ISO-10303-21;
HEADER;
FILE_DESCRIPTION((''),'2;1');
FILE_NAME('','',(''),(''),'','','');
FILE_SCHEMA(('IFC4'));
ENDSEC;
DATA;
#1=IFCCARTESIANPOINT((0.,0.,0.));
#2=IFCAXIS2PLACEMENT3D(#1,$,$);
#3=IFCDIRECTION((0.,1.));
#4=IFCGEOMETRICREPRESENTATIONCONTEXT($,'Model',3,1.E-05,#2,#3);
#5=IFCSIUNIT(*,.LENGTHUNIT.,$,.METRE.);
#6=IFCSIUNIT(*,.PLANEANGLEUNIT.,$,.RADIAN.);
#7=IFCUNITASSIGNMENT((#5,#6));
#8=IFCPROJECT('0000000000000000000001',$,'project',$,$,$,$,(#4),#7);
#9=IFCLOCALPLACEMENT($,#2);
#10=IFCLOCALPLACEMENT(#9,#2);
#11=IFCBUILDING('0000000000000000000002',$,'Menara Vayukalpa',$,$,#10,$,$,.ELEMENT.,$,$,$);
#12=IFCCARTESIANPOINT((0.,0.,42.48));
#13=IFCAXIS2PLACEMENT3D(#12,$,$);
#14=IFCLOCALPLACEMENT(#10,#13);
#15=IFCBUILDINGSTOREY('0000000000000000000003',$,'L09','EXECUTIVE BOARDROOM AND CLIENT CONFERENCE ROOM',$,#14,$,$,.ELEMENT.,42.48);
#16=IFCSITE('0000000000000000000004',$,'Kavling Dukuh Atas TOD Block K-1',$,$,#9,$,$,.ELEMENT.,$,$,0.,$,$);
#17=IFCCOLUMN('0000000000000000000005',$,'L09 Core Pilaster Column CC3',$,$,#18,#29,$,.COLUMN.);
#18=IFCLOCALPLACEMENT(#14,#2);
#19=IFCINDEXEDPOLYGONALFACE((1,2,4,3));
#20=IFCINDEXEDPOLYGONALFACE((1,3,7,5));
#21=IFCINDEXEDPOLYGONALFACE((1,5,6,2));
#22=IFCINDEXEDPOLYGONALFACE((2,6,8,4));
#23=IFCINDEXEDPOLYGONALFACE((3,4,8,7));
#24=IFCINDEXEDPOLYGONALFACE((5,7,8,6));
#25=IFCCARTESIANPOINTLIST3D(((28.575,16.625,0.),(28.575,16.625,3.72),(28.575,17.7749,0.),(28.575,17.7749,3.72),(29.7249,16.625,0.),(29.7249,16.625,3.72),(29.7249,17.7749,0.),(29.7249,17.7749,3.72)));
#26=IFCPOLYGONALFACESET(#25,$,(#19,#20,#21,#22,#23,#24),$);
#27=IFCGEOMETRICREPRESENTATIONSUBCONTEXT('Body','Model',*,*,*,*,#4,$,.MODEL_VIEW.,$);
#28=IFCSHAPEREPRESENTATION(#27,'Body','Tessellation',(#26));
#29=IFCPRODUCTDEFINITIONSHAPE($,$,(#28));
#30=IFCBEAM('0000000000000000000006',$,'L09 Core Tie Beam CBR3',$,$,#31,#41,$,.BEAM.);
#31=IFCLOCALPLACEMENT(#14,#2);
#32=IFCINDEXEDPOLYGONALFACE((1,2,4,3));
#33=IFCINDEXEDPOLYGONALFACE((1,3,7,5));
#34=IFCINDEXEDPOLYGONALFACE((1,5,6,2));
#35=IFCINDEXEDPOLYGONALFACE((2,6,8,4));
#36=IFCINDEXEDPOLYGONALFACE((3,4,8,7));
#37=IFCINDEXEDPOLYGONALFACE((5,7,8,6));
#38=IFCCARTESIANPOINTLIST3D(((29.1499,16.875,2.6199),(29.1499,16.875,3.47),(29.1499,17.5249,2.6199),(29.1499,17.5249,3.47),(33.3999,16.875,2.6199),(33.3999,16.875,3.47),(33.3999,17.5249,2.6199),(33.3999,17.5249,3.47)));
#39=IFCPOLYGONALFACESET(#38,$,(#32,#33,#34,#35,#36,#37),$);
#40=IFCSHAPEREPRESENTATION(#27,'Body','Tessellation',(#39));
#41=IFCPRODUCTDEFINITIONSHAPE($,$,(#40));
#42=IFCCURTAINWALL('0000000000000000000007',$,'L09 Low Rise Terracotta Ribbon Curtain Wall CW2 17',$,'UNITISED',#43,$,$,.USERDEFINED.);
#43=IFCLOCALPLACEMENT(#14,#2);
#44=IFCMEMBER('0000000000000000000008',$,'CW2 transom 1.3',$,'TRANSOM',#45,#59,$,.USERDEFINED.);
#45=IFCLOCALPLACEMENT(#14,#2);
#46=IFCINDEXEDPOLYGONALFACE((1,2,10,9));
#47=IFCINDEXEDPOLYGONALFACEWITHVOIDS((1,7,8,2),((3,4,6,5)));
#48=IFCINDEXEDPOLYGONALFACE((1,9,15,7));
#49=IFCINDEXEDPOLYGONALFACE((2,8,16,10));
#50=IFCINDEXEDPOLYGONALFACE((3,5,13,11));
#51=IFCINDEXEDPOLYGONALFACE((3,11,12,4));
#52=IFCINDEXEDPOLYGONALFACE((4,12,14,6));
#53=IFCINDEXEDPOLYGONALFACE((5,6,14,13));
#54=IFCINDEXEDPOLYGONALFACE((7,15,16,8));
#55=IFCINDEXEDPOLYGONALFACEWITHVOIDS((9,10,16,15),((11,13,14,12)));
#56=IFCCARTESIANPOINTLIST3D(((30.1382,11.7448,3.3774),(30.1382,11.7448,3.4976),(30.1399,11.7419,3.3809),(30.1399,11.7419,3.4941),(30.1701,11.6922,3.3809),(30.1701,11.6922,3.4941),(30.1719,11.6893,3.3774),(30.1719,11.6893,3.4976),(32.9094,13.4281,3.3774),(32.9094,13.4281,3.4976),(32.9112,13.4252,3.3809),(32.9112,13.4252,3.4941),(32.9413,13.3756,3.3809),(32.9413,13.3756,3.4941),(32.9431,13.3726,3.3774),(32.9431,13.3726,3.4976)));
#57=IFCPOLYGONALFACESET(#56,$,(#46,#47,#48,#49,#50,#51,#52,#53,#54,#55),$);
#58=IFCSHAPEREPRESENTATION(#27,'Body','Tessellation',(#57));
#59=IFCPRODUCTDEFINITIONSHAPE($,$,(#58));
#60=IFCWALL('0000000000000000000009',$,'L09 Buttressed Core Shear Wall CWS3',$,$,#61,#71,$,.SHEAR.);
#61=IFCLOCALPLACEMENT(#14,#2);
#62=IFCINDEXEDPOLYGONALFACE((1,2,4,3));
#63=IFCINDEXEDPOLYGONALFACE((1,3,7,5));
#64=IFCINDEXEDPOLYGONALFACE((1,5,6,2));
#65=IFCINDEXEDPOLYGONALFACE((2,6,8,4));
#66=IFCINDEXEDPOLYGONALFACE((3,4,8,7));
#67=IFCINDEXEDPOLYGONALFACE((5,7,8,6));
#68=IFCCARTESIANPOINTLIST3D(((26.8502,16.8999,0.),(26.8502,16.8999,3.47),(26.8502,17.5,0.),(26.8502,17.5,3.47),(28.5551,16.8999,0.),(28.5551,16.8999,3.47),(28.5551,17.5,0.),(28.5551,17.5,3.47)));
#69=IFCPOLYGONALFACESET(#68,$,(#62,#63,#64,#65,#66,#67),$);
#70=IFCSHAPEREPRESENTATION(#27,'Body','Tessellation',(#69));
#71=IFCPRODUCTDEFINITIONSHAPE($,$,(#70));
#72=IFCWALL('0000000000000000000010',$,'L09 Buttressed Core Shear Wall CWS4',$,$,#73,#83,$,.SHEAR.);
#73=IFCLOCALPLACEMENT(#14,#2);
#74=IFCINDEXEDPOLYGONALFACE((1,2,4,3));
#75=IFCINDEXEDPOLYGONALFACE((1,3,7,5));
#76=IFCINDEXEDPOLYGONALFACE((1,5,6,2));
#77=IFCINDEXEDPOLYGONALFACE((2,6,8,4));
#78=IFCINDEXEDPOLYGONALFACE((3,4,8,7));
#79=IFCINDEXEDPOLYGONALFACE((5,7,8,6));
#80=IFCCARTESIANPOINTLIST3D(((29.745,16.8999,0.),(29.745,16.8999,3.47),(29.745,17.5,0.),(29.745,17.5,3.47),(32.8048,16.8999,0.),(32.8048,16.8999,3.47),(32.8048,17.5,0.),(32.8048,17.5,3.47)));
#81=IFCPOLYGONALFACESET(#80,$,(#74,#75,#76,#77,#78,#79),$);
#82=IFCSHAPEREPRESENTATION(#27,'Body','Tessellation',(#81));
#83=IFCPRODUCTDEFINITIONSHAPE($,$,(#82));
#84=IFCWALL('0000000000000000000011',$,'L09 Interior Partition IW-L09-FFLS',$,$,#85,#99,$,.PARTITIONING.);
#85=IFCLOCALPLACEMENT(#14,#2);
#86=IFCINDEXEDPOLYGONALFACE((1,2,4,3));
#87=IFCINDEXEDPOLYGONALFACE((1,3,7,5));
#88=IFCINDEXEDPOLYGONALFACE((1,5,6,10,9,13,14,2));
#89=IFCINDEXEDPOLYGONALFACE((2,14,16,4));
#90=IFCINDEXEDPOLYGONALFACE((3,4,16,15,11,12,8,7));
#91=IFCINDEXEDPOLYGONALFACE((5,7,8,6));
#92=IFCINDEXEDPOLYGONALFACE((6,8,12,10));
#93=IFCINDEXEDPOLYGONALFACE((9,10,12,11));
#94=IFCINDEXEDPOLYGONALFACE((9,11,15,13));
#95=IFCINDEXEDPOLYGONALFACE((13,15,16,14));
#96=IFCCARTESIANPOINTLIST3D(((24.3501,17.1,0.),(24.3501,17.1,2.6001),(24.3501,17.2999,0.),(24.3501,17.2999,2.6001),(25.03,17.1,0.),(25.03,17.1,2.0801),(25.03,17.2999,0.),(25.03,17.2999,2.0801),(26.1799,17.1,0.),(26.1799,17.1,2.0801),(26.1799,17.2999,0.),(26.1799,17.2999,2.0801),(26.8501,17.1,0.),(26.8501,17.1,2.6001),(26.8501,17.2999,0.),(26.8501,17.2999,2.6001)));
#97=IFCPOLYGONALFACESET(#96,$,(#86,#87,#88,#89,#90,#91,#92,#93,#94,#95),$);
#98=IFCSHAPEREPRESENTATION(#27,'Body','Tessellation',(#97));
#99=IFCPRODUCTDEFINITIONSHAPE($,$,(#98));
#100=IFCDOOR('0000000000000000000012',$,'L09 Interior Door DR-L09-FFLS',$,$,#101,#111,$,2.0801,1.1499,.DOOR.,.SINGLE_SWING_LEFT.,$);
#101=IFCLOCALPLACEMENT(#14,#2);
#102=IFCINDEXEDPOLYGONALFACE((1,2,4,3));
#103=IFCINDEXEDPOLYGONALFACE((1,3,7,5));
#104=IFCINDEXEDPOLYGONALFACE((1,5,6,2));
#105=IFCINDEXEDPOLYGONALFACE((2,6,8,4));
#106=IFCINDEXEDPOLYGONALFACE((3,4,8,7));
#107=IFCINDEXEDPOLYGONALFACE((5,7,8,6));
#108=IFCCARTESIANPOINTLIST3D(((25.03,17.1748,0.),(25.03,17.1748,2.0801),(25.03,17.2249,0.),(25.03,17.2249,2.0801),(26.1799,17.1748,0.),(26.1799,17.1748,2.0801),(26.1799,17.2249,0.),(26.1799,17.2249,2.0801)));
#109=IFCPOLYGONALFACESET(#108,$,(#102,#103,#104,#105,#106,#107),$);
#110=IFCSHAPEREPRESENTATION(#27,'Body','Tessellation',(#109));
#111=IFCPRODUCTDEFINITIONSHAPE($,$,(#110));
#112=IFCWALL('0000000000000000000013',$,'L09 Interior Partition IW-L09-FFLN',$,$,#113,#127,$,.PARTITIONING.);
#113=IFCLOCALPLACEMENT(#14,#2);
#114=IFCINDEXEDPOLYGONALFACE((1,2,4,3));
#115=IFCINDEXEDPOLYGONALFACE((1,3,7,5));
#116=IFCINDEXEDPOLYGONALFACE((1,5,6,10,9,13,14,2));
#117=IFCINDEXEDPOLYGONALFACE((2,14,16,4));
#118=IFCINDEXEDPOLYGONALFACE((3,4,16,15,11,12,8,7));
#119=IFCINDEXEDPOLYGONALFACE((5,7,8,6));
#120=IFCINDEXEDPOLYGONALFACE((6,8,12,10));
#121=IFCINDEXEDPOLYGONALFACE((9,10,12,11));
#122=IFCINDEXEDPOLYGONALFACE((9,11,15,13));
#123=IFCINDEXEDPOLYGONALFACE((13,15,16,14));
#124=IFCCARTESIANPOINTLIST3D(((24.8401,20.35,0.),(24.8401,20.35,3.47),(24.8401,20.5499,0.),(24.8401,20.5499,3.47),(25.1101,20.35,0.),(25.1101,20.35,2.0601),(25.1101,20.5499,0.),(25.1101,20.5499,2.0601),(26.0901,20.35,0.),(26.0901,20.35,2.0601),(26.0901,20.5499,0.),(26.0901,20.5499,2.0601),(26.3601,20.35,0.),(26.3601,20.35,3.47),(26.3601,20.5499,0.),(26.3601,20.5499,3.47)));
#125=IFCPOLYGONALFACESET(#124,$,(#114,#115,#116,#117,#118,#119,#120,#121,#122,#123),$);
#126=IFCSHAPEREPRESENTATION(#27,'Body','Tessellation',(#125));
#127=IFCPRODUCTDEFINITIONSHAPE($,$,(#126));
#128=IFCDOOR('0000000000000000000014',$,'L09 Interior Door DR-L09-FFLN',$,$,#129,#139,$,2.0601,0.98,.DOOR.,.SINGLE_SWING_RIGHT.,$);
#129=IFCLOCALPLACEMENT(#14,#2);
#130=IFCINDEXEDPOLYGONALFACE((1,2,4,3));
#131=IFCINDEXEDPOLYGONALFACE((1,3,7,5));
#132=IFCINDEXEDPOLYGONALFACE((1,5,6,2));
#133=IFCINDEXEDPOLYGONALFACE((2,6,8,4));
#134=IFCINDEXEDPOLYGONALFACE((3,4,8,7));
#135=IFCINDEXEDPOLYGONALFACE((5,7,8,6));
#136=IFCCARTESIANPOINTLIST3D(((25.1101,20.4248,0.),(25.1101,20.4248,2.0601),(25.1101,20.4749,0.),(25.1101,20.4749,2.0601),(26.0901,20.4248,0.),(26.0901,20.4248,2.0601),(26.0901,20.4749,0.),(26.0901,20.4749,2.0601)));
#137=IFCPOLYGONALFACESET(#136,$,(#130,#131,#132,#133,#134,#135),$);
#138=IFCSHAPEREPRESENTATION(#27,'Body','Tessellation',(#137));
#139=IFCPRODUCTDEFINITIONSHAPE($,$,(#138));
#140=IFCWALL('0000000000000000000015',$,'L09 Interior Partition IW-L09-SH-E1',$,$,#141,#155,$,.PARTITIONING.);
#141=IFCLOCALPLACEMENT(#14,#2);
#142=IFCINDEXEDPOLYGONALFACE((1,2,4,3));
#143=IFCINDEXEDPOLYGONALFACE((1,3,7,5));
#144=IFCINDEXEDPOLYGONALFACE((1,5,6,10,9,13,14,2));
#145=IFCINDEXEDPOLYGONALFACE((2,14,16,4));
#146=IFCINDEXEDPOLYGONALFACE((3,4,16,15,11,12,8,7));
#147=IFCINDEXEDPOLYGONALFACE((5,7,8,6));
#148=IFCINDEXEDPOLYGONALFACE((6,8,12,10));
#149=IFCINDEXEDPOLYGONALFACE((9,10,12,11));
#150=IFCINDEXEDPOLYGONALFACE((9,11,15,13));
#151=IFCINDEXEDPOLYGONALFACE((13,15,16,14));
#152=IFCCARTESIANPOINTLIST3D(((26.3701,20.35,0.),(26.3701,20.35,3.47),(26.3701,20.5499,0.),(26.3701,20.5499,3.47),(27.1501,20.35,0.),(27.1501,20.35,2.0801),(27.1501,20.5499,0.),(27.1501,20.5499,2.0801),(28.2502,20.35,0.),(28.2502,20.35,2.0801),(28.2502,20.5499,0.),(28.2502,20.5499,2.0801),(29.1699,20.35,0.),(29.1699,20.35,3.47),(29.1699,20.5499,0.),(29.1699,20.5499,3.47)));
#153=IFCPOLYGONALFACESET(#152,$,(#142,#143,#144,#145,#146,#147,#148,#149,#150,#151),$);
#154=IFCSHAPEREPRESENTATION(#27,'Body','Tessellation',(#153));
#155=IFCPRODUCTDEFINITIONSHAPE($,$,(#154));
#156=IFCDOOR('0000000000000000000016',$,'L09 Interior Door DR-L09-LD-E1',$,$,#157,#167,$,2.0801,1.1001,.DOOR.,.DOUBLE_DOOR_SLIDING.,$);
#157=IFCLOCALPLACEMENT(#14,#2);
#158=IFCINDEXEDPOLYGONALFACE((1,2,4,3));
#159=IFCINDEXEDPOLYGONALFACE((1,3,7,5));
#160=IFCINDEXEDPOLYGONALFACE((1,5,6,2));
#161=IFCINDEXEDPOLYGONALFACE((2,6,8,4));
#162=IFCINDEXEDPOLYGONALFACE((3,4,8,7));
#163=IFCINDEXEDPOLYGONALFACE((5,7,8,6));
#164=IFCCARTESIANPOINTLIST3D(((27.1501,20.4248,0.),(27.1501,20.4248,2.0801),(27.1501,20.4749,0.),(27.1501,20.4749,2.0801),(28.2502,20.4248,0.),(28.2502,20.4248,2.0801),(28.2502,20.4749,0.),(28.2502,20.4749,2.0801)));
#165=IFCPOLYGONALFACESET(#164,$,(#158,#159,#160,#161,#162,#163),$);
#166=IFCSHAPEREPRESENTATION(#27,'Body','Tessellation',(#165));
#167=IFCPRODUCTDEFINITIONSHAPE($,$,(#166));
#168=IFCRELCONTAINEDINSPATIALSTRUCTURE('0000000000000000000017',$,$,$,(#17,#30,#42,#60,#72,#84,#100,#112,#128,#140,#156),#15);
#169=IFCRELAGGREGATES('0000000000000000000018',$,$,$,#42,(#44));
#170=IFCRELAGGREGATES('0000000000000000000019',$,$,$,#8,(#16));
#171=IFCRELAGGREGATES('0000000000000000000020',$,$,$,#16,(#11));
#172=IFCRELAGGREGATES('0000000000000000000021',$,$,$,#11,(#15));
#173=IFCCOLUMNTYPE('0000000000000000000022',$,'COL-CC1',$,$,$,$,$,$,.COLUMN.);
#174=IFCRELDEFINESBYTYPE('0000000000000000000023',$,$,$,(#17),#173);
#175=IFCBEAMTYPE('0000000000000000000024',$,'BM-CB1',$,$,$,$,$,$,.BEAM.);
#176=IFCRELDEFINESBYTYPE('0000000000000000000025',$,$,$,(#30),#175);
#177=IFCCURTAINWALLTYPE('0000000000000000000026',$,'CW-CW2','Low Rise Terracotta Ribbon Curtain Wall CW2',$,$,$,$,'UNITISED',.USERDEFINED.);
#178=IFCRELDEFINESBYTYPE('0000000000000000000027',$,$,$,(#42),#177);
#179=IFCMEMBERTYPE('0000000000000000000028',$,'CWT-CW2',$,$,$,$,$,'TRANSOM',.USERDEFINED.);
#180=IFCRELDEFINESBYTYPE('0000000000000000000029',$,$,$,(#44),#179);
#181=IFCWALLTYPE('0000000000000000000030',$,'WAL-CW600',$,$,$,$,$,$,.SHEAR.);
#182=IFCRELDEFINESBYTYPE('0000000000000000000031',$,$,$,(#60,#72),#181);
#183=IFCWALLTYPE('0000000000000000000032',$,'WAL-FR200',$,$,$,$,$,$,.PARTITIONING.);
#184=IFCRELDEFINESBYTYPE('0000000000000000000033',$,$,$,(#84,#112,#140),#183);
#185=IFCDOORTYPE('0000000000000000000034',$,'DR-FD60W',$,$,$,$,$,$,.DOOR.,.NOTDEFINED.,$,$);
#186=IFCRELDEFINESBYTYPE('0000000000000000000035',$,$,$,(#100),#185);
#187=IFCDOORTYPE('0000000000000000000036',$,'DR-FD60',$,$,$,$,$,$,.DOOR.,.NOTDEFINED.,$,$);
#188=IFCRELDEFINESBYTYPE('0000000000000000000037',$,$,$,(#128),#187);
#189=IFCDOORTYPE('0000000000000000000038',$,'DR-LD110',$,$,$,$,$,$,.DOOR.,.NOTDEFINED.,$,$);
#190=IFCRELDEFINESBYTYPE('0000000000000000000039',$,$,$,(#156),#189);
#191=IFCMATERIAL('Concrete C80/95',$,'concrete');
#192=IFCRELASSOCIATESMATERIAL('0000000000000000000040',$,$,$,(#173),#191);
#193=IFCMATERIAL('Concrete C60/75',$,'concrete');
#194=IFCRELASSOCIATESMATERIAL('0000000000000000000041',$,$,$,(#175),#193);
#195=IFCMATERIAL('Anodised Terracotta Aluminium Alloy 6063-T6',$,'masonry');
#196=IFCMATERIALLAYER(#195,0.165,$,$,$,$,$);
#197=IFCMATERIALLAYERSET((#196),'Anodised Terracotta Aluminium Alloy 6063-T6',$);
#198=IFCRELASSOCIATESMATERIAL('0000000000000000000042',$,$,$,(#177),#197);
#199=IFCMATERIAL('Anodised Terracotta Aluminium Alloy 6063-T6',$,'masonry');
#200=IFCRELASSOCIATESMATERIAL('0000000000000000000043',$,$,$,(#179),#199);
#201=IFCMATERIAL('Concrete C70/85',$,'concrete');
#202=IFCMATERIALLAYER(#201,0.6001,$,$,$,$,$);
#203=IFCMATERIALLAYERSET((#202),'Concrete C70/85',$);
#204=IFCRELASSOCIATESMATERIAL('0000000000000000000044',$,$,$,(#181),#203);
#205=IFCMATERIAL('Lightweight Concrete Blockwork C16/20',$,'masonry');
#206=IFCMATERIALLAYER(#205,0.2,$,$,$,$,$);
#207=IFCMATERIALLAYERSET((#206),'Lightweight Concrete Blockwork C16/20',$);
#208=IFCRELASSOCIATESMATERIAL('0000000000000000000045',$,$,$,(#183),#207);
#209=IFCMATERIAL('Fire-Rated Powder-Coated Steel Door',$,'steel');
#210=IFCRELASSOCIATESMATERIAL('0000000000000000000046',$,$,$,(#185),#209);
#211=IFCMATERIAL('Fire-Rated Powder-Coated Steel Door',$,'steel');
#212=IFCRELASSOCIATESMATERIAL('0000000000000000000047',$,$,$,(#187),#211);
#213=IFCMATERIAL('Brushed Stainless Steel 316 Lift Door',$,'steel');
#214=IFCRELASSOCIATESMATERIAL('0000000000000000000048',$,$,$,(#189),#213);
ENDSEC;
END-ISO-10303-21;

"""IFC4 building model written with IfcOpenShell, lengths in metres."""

from ifc_helpers import new_model, si_unit, direction, frame, frame_2d, origin, origin_2d, place, context, subcontext, project, spatial, rectangle, hollow_rectangle, extrude, material, layer, layer_set, material_profile, profile_set, type_object, element, fill, aggregate, save


model = new_model("IFC4")

# Units and contexts
model_context = context("Model", 3, precision=1e-05, world=origin(), true_north=direction((0.0, 1.0)))
body_context = subcontext(model_context, "Body", "Model", "MODEL_VIEW")
ifc_project = project(units=[si_unit("LENGTHUNIT", "METRE"), si_unit("PLANEANGLEUNIT", "RADIAN")], contexts=[model_context])

# Site, building, storey
site_placement = place(None, origin())
site = spatial("IfcSite", under=ifc_project, at=site_placement, Name="Kavling Dukuh Atas TOD Block K-1", CompositionType="ELEMENT", RefElevation=0.0)
building_placement = place(site_placement, origin())
building = spatial("IfcBuilding", under=site, at=building_placement, Name="Menara Vayukalpa", CompositionType="ELEMENT")
storey_placement = place(building_placement, frame((0.0, 0.0, 42.48)))
storey = spatial("IfcBuildingStorey", under=building, at=storey_placement, Name="L09", Description="EXECUTIVE BOARDROOM AND CLIENT CONFERENCE ROOM", CompositionType="ELEMENT", Elevation=42.48)

# Column
ifc_material_1 = material(Name="Concrete C80/95", Category="concrete")
ifc_material_profile_1 = material_profile(ifc_material_1, rectangle(XDim=1.1499, YDim=1.1499, at=origin_2d()), Name="RC 1150x1150")
ifc_profile_set_1 = profile_set([ifc_material_profile_1], Name="Concrete C80/95")
column_type = type_object("IfcColumnType", Name="COL-CC1", PredefinedType="COLUMN", material=ifc_profile_set_1)
column_placement = place(storey_placement, frame((29.1499, 17.2, 0.0), z_axis=(0.0, 0.0, 1.0), x_axis=(1.0, 0.0, 0.0)))
element("IfcColumn", 1, at=column_placement, inside=storey, type_object=column_type, Name="L09 Core Pilaster Column CC3", PredefinedType="COLUMN", context=body_context, shape_type="SweptSolid", body=[
    extrude(rectangle(XDim=1.1499, YDim=1.1499, at=origin_2d()), origin(), (0.0, 0.0, 1.0), 3.72),
])

# Beam
ifc_material_2 = material(Name="Concrete C60/75", Category="concrete")
ifc_material_profile_2 = material_profile(ifc_material_2, rectangle(XDim=0.6499, YDim=0.8501, at=origin_2d()), Name="RC 650x850")
ifc_profile_set_2 = profile_set([ifc_material_profile_2], Name="Concrete C60/75")
beam_type = type_object("IfcBeamType", Name="BM-CB1", PredefinedType="BEAM", material=ifc_profile_set_2)
beam_placement = place(storey_placement, frame((29.1499, 17.2, 3.0449), z_axis=(1.0, 0.0, 0.0), x_axis=(0.0, 1.0, 0.0)))
element("IfcBeam", 2, at=beam_placement, inside=storey, type_object=beam_type, Name="L09 Core Tie Beam CBR3", PredefinedType="BEAM", context=body_context, shape_type="SweptSolid", body=[
    extrude(rectangle(XDim=0.6499, YDim=0.8501, at=origin_2d()), origin(), (0.0, 0.0, 1.0), 4.25),
])

# Curtain wall, member
ifc_material_3 = material(Name="Anodised Terracotta Aluminium Alloy 6063-T6", Category="masonry")
ifc_layer_1 = layer(ifc_material_3, 0.165)
ifc_layer_set_1 = layer_set([ifc_layer_1], Name="Anodised Terracotta Aluminium Alloy 6063-T6")
curtain_wall_type = type_object("IfcCurtainWallType", Name="CW-CW2", Description="Low Rise Terracotta Ribbon Curtain Wall CW2", ElementType="UNITISED", PredefinedType="USERDEFINED", material=ifc_layer_set_1)
curtain_wall_placement = place(storey_placement, origin())
curtain_wall = element("IfcCurtainWall", 3, at=curtain_wall_placement, inside=storey, type_object=curtain_wall_type, Name="L09 Low Rise Terracotta Ribbon Curtain Wall CW2 17", ObjectType="UNITISED", PredefinedType="USERDEFINED")
ifc_material_4 = material(Name="Anodised Terracotta Aluminium Alloy 6063-T6", Category="masonry")
ifc_material_profile_3 = material_profile(ifc_material_4, hollow_rectangle(XDim=0.0649, YDim=0.1201, WallThickness=0.0034, at=origin_2d()), Name="ALU 65x120x3.5")
ifc_profile_set_3 = profile_set([ifc_material_profile_3], Name="Anodised Terracotta Aluminium Alloy 6063-T6")
member_type = type_object("IfcMemberType", Name="CWT-CW2", ElementType="TRANSOM", PredefinedType="USERDEFINED", material=ifc_profile_set_3)
member_placement = place(storey_placement, frame((30.155, 11.717, 3.4375), z_axis=(0.854677, 0.519161, 0.0), x_axis=(-0.519161, 0.854677, 0.0)))
member = element("IfcMember", 4, at=member_placement, type_object=member_type, Name="CW2 transom 1.3", ObjectType="TRANSOM", PredefinedType="USERDEFINED", context=body_context, shape_type="SweptSolid", body=[
    extrude(hollow_rectangle(XDim=0.0649, YDim=0.1201, WallThickness=0.0034, at=origin_2d()), origin(), (0.0, 0.0, 1.0), 3.2424),
])
aggregate(curtain_wall, [member])

# Walls
ifc_material_5 = material(Name="Concrete C70/85", Category="concrete")
ifc_layer_2 = layer(ifc_material_5, 0.6001)
ifc_layer_set_2 = layer_set([ifc_layer_2], Name="Concrete C70/85")
wall_type_1 = type_object("IfcWallType", Name="WAL-CW600", PredefinedType="SHEAR", material=ifc_layer_set_2)
wall_1_placement = place(storey_placement, frame((26.8501, 17.2, 0.0), z_axis=(0.0, 0.0, 1.0), x_axis=(1.0, 0.0, 0.0)))
element("IfcWall", 5, at=wall_1_placement, inside=storey, type_object=wall_type_1, Name="L09 Buttressed Core Shear Wall CWS3", PredefinedType="SHEAR", context=body_context, shape_type="SweptSolid", body=[
    extrude(rectangle(XDim=1.7048, YDim=0.6001, at=frame_2d((0.8525, 0.0))), origin(), (0.0, 0.0, 1.0), 3.47),
])
wall_2_placement = place(storey_placement, frame((29.7451, 17.2, 0.0), z_axis=(0.0, 0.0, 1.0), x_axis=(1.0, 0.0, 0.0)))
element("IfcWall", 6, at=wall_2_placement, inside=storey, type_object=wall_type_1, Name="L09 Buttressed Core Shear Wall CWS4", PredefinedType="SHEAR", context=body_context, shape_type="SweptSolid", body=[
    extrude(rectangle(XDim=3.0598, YDim=0.6001, at=frame_2d((1.5298, 0.0))), origin(), (0.0, 0.0, 1.0), 3.47),
])

# Walls, openings, doors
ifc_material_6 = material(Name="Lightweight Concrete Blockwork C16/20", Category="masonry")
ifc_layer_3 = layer(ifc_material_6, 0.2)
ifc_layer_set_3 = layer_set([ifc_layer_3], Name="Lightweight Concrete Blockwork C16/20")
wall_type_2 = type_object("IfcWallType", Name="WAL-FR200", PredefinedType="PARTITIONING", material=ifc_layer_set_3)
wall_3_placement = place(storey_placement, frame((24.3501, 17.2, 0.0), z_axis=(0.0, 0.0, 1.0), x_axis=(1.0, 0.0, 0.0)))
wall_3 = element("IfcWall", 7, at=wall_3_placement, inside=storey, type_object=wall_type_2, Name="L09 Interior Partition IW-L09-FFLS", PredefinedType="PARTITIONING", context=body_context, shape_type="SweptSolid", body=[
    extrude(rectangle(XDim=2.5, YDim=0.2, at=frame_2d((1.25, 0.0))), origin(), (0.0, 0.0, 1.0), 2.6001),
])
opening_1_placement = place(wall_3_placement, frame((0.6799, 0.0, 0.0)))
opening_1 = element("IfcOpeningElement", 8, at=opening_1_placement, cuts=wall_3, PredefinedType="OPENING", context=body_context, shape_type="SweptSolid", body=[
    extrude(rectangle(XDim=1.1499, YDim=2.0801, at=frame_2d((0.575, 1.04))), frame((0.0, 0.1099, 0.0), z_axis=(0.0, -1.0, 0.0), x_axis=(1.0, 0.0, 0.0)), (0.0, 0.0, 1.0), 0.22),
])
ifc_material_7 = material(Name="Fire-Rated Powder-Coated Steel Door", Category="steel")
door_type_1 = type_object("IfcDoorType", Name="DR-FD60W", OperationType="NOTDEFINED", PredefinedType="DOOR", material=ifc_material_7)
door_1_placement = place(opening_1_placement, origin())
door_1 = element("IfcDoor", 9, at=door_1_placement, inside=storey, type_object=door_type_1, Name="L09 Interior Door DR-L09-FFLS", OperationType="SINGLE_SWING_LEFT", OverallHeight=2.0801, OverallWidth=1.1499, PredefinedType="DOOR", context=body_context, shape_type="SweptSolid", body=[
    extrude(rectangle(XDim=1.1499, YDim=2.0801, at=frame_2d((0.575, 1.04))), frame((0.0, 0.0249, 0.0), z_axis=(0.0, -1.0, 0.0), x_axis=(1.0, 0.0, 0.0)), (0.0, 0.0, 1.0), 0.05),
])
fill(opening_1, door_1)
wall_4_placement = place(storey_placement, frame((24.8401, 20.45, 0.0), z_axis=(0.0, 0.0, 1.0), x_axis=(1.0, 0.0, 0.0)))
wall_4 = element("IfcWall", 10, at=wall_4_placement, inside=storey, type_object=wall_type_2, Name="L09 Interior Partition IW-L09-FFLN", PredefinedType="PARTITIONING", context=body_context, shape_type="SweptSolid", body=[
    extrude(rectangle(XDim=1.52, YDim=0.2, at=frame_2d((0.76, 0.0))), origin(), (0.0, 0.0, 1.0), 3.47),
])
opening_2_placement = place(wall_4_placement, frame((0.27, 0.0, 0.0)))
opening_2 = element("IfcOpeningElement", 11, at=opening_2_placement, cuts=wall_4, PredefinedType="OPENING", context=body_context, shape_type="SweptSolid", body=[
    extrude(rectangle(XDim=0.98, YDim=2.0601, at=frame_2d((0.49, 1.03))), frame((0.0, 0.1099, 0.0), z_axis=(0.0, -1.0, 0.0), x_axis=(1.0, 0.0, 0.0)), (0.0, 0.0, 1.0), 0.22),
])
ifc_material_8 = material(Name="Fire-Rated Powder-Coated Steel Door", Category="steel")
door_type_2 = type_object("IfcDoorType", Name="DR-FD60", OperationType="NOTDEFINED", PredefinedType="DOOR", material=ifc_material_8)
door_2_placement = place(opening_2_placement, origin())
door_2 = element("IfcDoor", 12, at=door_2_placement, inside=storey, type_object=door_type_2, Name="L09 Interior Door DR-L09-FFLN", OperationType="SINGLE_SWING_RIGHT", OverallHeight=2.0601, OverallWidth=0.98, PredefinedType="DOOR", context=body_context, shape_type="SweptSolid", body=[
    extrude(rectangle(XDim=0.98, YDim=2.0601, at=frame_2d((0.49, 1.03))), frame((0.0, 0.0249, 0.0), z_axis=(0.0, -1.0, 0.0), x_axis=(1.0, 0.0, 0.0)), (0.0, 0.0, 1.0), 0.05),
])
fill(opening_2, door_2)
wall_5_placement = place(storey_placement, frame((26.3701, 20.45, 0.0), z_axis=(0.0, 0.0, 1.0), x_axis=(1.0, 0.0, 0.0)))
wall_5 = element("IfcWall", 13, at=wall_5_placement, inside=storey, type_object=wall_type_2, Name="L09 Interior Partition IW-L09-SH-E1", PredefinedType="PARTITIONING", context=body_context, shape_type="SweptSolid", body=[
    extrude(rectangle(XDim=2.7998, YDim=0.2, at=frame_2d((1.3999, 0.0))), origin(), (0.0, 0.0, 1.0), 3.47),
])
opening_3_placement = place(wall_5_placement, frame((0.78, 0.0, 0.0)))
opening_3 = element("IfcOpeningElement", 14, at=opening_3_placement, cuts=wall_5, PredefinedType="OPENING", context=body_context, shape_type="SweptSolid", body=[
    extrude(rectangle(XDim=1.1001, YDim=2.0801, at=frame_2d((0.55, 1.04))), frame((0.0, 0.1099, 0.0), z_axis=(0.0, -1.0, 0.0), x_axis=(1.0, 0.0, 0.0)), (0.0, 0.0, 1.0), 0.22),
])
ifc_material_9 = material(Name="Brushed Stainless Steel 316 Lift Door", Category="steel")
door_type_3 = type_object("IfcDoorType", Name="DR-LD110", OperationType="NOTDEFINED", PredefinedType="DOOR", material=ifc_material_9)
door_3_placement = place(opening_3_placement, origin())
door_3 = element("IfcDoor", 15, at=door_3_placement, inside=storey, type_object=door_type_3, Name="L09 Interior Door DR-L09-LD-E1", OperationType="DOUBLE_DOOR_SLIDING", OverallHeight=2.0801, OverallWidth=1.1001, PredefinedType="DOOR", context=body_context, shape_type="SweptSolid", body=[
    extrude(rectangle(XDim=1.1001, YDim=2.0801, at=frame_2d((0.55, 1.04))), frame((0.0, 0.0249, 0.0), z_axis=(0.0, -1.0, 0.0), x_axis=(1.0, 0.0, 0.0)), (0.0, 0.0, 1.0), 0.05),
])
fill(opening_3, door_3)

save(model, "model.ifc")
